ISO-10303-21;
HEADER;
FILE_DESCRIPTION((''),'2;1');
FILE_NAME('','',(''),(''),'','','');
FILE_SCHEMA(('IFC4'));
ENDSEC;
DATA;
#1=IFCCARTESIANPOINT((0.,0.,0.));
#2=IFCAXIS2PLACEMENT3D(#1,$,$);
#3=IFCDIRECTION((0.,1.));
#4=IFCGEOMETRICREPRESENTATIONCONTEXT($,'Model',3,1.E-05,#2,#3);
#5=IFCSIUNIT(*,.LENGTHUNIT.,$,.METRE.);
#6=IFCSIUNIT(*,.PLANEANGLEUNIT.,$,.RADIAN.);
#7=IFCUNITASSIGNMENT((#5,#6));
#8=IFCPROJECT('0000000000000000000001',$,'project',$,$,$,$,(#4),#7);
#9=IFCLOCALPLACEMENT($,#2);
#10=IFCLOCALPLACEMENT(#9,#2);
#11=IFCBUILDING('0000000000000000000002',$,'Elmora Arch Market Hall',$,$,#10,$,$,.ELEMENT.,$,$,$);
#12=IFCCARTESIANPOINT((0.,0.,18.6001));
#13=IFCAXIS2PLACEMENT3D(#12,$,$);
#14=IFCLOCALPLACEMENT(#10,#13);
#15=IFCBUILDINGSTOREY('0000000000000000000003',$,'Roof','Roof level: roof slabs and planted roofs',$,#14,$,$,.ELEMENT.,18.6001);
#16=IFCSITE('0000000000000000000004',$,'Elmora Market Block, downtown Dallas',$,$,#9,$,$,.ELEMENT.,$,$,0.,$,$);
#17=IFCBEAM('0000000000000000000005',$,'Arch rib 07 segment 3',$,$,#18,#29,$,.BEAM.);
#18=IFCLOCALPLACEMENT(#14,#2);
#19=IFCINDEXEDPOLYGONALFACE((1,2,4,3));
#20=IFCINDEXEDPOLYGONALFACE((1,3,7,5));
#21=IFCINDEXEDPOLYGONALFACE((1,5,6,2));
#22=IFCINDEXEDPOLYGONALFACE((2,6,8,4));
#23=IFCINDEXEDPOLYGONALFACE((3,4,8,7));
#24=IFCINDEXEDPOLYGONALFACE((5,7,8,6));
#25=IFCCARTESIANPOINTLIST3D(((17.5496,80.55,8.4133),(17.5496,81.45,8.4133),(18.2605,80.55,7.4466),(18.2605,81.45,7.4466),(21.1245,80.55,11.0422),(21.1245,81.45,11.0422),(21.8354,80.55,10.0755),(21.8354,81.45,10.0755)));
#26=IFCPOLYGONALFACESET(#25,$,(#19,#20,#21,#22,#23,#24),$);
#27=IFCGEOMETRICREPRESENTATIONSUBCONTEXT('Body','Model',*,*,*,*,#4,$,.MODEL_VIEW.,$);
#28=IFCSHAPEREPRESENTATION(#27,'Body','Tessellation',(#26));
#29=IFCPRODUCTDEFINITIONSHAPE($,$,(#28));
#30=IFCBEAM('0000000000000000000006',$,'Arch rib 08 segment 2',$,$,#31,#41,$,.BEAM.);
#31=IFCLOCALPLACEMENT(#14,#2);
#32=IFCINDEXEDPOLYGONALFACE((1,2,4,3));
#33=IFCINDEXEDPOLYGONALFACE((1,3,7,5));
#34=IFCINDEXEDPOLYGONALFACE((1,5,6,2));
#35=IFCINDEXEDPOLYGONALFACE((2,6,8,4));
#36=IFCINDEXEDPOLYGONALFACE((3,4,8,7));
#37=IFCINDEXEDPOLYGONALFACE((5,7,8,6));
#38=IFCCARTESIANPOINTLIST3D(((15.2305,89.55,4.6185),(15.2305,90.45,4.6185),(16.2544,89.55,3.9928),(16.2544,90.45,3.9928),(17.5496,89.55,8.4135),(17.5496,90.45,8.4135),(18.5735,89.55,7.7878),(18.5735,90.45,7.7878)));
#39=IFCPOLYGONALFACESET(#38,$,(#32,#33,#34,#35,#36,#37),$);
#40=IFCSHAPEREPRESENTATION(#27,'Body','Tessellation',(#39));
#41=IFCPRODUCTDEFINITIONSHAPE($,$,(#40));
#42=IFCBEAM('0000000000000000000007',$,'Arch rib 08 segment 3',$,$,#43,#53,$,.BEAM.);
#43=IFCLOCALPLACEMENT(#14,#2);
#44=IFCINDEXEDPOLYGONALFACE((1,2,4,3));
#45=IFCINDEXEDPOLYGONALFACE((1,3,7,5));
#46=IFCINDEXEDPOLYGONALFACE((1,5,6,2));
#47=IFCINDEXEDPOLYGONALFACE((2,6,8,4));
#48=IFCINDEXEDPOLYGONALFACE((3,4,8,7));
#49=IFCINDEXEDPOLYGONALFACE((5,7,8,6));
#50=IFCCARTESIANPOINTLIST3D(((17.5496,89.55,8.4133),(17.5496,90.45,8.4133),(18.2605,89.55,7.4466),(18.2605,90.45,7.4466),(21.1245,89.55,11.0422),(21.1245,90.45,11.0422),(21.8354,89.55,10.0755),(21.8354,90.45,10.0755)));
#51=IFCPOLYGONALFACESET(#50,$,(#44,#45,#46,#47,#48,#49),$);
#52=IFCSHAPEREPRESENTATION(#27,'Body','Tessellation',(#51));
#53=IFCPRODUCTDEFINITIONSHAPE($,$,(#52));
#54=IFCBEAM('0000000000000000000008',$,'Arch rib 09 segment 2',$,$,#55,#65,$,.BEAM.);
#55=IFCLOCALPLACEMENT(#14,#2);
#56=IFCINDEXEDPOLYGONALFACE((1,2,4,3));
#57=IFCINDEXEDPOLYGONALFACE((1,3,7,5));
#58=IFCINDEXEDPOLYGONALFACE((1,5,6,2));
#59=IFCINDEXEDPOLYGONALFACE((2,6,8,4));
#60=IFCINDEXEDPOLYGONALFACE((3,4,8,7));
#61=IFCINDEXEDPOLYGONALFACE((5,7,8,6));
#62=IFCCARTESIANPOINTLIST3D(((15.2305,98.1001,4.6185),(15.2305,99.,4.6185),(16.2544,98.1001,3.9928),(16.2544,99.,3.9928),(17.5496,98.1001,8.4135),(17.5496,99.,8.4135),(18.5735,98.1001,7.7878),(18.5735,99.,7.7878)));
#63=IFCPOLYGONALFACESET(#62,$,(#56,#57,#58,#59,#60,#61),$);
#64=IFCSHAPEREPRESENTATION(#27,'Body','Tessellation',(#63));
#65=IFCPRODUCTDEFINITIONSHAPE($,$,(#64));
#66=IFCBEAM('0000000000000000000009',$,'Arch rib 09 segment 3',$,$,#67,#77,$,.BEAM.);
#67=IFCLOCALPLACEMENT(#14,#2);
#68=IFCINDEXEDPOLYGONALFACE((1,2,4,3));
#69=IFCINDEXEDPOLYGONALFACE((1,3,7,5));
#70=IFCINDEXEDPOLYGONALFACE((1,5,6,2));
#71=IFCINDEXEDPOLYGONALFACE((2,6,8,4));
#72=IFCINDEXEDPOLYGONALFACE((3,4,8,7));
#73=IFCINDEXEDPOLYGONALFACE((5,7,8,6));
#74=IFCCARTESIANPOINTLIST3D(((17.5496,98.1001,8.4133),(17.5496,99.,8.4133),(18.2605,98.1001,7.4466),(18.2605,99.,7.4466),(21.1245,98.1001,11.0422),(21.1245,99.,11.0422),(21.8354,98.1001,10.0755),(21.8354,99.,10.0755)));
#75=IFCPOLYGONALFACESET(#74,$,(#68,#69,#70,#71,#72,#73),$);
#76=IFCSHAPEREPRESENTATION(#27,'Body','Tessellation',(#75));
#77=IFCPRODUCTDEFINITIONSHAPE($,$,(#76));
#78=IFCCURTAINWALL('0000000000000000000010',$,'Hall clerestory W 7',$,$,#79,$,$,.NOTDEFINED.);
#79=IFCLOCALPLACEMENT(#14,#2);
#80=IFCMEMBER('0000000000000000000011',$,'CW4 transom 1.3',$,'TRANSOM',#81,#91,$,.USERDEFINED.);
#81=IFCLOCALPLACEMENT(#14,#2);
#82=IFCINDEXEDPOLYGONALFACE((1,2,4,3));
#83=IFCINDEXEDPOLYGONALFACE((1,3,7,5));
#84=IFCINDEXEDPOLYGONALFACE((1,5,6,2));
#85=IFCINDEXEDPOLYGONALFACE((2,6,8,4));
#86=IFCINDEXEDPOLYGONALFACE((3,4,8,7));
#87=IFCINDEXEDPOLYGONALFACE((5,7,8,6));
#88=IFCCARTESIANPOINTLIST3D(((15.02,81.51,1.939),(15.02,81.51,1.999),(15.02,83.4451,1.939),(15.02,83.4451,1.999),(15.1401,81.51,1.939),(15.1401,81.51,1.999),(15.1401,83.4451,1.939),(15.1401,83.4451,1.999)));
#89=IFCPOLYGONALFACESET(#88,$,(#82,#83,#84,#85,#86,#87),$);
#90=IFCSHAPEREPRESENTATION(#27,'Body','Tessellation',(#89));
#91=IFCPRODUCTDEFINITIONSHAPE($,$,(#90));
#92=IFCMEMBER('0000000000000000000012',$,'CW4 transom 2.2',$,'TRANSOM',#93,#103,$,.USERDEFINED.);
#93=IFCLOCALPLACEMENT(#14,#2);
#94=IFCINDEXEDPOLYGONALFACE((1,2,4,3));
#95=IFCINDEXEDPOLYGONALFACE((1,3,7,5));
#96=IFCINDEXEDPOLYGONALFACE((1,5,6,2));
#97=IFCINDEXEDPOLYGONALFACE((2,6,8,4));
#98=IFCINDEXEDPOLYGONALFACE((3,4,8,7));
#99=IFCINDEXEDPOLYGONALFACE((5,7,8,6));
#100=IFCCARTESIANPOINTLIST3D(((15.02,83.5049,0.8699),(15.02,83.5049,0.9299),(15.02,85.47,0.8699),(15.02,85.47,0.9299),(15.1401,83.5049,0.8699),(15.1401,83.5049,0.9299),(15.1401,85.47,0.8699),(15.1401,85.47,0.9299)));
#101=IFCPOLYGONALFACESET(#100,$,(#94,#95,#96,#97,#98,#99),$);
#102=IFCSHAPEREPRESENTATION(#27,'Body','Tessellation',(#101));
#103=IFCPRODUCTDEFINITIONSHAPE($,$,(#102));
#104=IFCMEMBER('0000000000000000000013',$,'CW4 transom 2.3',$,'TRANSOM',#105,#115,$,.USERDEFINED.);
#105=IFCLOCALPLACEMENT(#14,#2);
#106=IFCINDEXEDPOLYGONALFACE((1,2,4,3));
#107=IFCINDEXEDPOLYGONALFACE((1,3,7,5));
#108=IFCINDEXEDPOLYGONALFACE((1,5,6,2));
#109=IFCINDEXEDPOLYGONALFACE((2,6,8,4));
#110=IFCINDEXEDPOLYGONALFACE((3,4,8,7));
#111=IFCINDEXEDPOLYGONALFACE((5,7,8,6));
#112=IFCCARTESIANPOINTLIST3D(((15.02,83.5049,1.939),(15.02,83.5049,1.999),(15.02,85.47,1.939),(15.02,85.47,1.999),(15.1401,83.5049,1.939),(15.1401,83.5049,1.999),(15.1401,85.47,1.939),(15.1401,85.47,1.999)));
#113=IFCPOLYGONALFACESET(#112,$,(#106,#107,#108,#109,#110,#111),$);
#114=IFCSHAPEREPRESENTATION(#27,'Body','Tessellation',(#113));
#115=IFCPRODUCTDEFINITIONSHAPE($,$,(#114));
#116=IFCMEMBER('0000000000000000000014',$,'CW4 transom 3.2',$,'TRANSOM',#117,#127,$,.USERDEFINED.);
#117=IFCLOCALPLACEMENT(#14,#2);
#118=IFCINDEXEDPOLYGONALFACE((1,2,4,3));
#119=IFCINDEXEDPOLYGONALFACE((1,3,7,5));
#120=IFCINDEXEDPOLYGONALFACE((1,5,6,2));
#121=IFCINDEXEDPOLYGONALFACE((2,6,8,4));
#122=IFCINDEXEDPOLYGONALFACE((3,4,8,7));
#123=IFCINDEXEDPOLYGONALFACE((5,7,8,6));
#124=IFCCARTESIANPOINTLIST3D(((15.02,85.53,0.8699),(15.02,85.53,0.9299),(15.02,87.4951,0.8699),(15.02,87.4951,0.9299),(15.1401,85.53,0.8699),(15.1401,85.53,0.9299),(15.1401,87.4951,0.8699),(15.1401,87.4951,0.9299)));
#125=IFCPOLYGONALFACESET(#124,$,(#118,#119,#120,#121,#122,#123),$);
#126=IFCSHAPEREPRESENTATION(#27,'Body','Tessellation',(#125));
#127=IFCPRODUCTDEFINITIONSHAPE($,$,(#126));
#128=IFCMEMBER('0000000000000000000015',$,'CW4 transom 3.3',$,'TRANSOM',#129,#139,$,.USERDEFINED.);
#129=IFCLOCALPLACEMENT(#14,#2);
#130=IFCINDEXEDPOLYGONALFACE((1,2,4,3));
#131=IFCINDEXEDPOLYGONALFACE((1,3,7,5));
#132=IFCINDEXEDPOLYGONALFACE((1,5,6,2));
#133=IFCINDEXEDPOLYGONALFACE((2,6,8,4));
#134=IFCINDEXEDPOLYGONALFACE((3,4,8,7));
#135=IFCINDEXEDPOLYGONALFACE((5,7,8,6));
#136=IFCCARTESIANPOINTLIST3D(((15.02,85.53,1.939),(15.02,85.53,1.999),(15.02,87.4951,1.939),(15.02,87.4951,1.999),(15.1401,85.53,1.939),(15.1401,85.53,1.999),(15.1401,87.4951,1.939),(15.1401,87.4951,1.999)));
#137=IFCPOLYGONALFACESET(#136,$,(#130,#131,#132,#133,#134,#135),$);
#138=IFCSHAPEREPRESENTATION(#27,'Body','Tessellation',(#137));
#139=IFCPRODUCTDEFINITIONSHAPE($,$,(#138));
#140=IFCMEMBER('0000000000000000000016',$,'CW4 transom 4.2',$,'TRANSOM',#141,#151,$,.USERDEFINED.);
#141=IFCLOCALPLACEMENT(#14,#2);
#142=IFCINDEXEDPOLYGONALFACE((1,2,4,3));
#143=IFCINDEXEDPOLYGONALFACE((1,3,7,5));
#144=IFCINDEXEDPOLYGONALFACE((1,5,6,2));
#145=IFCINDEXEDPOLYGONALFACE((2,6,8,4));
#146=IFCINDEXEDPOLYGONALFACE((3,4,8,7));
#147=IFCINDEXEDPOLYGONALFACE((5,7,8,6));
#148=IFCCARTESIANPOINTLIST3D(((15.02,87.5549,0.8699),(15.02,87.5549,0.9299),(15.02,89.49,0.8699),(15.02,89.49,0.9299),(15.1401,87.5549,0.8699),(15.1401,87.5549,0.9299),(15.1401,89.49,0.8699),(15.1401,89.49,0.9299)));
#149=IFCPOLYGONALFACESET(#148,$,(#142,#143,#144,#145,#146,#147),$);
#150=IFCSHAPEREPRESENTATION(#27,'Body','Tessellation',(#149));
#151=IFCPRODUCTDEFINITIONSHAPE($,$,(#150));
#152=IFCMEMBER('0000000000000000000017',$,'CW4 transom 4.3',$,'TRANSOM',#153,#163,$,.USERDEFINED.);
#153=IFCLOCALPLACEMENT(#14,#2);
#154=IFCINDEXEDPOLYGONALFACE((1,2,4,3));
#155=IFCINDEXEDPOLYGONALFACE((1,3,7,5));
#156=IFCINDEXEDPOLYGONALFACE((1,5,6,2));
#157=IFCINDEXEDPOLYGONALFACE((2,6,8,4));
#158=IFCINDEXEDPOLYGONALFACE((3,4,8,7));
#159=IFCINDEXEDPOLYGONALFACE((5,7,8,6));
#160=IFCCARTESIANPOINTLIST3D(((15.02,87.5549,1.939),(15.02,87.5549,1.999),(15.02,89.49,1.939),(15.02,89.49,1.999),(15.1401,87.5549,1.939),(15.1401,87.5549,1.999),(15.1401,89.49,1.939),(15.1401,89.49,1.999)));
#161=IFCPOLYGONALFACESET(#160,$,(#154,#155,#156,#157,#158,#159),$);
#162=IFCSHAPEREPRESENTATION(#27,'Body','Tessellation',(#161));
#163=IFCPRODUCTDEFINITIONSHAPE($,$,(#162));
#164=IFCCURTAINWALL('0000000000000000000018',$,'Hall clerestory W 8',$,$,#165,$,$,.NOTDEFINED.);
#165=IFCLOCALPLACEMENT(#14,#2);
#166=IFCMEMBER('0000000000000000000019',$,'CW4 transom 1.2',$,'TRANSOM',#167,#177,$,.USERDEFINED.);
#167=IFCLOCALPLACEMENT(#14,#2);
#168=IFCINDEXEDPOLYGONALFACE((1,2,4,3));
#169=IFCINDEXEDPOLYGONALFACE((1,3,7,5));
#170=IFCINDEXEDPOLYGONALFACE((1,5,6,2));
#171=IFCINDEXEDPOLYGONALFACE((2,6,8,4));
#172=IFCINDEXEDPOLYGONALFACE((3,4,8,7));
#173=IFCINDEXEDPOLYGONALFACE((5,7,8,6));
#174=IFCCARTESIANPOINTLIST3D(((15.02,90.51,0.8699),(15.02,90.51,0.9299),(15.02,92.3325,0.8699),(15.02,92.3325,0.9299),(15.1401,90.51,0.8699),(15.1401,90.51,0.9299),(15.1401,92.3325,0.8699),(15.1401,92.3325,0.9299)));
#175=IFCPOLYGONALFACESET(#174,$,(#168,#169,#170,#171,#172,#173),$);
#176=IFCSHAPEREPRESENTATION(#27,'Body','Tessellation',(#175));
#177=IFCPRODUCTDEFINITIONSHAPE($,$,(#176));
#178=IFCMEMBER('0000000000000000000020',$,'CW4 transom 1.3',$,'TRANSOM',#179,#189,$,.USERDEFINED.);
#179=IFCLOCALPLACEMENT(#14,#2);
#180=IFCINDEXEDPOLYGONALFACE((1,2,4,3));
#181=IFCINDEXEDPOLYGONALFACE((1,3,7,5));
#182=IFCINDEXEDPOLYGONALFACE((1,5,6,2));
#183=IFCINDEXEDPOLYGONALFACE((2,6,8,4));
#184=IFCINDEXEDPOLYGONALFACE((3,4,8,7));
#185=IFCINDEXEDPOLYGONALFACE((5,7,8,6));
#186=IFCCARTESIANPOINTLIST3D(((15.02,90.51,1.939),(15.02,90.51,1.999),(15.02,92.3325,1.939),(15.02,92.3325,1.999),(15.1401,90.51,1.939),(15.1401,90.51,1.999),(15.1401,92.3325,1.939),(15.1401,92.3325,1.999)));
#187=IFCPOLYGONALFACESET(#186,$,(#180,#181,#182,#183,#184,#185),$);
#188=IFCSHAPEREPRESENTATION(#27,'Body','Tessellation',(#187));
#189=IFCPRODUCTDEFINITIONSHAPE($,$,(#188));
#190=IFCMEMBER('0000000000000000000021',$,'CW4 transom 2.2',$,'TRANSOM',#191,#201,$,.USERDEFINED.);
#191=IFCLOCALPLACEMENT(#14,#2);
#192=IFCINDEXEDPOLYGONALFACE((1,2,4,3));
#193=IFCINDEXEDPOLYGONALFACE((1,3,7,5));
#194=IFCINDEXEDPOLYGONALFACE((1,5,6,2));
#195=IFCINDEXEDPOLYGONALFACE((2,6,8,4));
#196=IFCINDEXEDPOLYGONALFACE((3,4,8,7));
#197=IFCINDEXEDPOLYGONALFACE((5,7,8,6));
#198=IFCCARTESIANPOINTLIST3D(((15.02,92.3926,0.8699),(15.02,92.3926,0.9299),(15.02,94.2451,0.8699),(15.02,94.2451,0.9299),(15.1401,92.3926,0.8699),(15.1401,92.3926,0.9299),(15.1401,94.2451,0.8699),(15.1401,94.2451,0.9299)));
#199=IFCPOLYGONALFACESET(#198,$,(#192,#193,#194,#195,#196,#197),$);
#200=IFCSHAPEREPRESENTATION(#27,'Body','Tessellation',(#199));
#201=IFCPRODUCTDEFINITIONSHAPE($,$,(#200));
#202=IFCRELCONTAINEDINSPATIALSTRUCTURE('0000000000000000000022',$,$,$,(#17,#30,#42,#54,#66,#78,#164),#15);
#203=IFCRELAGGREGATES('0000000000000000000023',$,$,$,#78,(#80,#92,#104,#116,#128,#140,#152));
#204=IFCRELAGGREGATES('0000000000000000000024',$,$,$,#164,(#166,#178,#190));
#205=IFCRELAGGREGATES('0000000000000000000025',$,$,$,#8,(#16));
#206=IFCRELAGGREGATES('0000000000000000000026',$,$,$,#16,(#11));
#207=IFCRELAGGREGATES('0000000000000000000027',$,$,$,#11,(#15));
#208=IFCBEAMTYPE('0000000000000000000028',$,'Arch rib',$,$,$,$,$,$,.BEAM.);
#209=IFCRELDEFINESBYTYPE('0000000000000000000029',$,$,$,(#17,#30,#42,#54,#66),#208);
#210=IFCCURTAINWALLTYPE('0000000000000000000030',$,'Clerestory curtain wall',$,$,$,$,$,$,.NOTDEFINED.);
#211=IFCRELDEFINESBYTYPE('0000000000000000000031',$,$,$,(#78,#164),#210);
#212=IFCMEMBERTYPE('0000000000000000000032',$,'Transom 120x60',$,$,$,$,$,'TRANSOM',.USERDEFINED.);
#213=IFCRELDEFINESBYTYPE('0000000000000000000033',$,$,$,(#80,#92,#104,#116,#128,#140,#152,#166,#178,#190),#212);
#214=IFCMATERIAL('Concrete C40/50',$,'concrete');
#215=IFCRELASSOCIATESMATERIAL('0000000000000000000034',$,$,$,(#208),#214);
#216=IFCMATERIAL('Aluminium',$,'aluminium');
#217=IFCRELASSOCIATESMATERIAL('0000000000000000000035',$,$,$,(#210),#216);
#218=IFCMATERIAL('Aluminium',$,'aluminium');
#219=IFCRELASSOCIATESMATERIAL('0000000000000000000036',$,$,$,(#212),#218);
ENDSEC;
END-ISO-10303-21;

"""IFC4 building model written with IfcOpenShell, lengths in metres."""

from ifc_helpers import new_model, si_unit, direction, frame, origin, origin_2d, place, context, subcontext, project, spatial, rectangle, extrude, material, material_profile, profile_set, type_object, element, aggregate, save


model = new_model("IFC4")

# Units and contexts
model_context = context("Model", 3, precision=1e-05, world=origin(), true_north=direction((0.0, 1.0)))
body_context = subcontext(model_context, "Body", "Model", "MODEL_VIEW")
ifc_project = project(units=[si_unit("LENGTHUNIT", "METRE"), si_unit("PLANEANGLEUNIT", "RADIAN")], contexts=[model_context])

# Site, building, storey
site_placement = place(None, origin())
site = spatial("IfcSite", under=ifc_project, at=site_placement, Name="Elmora Market Block, downtown Dallas", CompositionType="ELEMENT", RefElevation=0.0)
building_placement = place(site_placement, origin())
building = spatial("IfcBuilding", under=site, at=building_placement, Name="Elmora Arch Market Hall", CompositionType="ELEMENT")
storey_placement = place(building_placement, frame((0.0, 0.0, 18.6001)))
storey = spatial("IfcBuildingStorey", under=building, at=storey_placement, Name="Roof", Description="Roof level: roof slabs and planted roofs", CompositionType="ELEMENT", Elevation=18.6001)

# Beams
ifc_material_1 = material(Name="Concrete C40/50", Category="concrete")
ifc_material_profile_1 = material_profile(ifc_material_1, rectangle(XDim=0.8999, YDim=1.2, at=origin_2d()), Name="Arch rib")
ifc_profile_set_1 = profile_set([ifc_material_profile_1], Name="Concrete C40/50")
beam_type = type_object("IfcBeamType", Name="Arch rib", PredefinedType="BEAM", material=ifc_profile_set_1)
beam_1_placement = place(storey_placement, frame((17.905, 81.0, 7.9299), z_axis=(0.805622, 0.0, 0.592429), x_axis=(0.0, 1.0, 0.0)))
element("IfcBeam", 1, at=beam_1_placement, inside=storey, type_object=beam_type, Name="Arch rib 07 segment 3", PredefinedType="BEAM", context=body_context, shape_type="SweptSolid", body=[
    extrude(rectangle(XDim=0.8999, YDim=1.2, at=origin_2d()), origin(), (0.0, 0.0, 1.0), 4.4375),
])
beam_2_placement = place(storey_placement, frame((15.7424, 90.0, 4.3057), z_axis=(0.521446, 0.0, 0.853285), x_axis=(0.0, 1.0, 0.0)))
element("IfcBeam", 2, at=beam_2_placement, inside=storey, type_object=beam_type, Name="Arch rib 08 segment 2", PredefinedType="BEAM", context=body_context, shape_type="SweptSolid", body=[
    extrude(rectangle(XDim=0.8999, YDim=1.2, at=origin_2d()), origin(), (0.0, 0.0, 1.0), 4.4475),
])
beam_3_placement = place(storey_placement, frame((17.905, 90.0, 7.9299), z_axis=(0.805622, 0.0, 0.592429), x_axis=(0.0, 1.0, 0.0)))
element("IfcBeam", 3, at=beam_3_placement, inside=storey, type_object=beam_type, Name="Arch rib 08 segment 3", PredefinedType="BEAM", context=body_context, shape_type="SweptSolid", body=[
    extrude(rectangle(XDim=0.8999, YDim=1.2, at=origin_2d()), origin(), (0.0, 0.0, 1.0), 4.4375),
])
beam_4_placement = place(storey_placement, frame((15.7424, 98.55, 4.3057), z_axis=(0.521446, 0.0, 0.853285), x_axis=(0.0, 1.0, 0.0)))
element("IfcBeam", 4, at=beam_4_placement, inside=storey, type_object=beam_type, Name="Arch rib 09 segment 2", PredefinedType="BEAM", context=body_context, shape_type="SweptSolid", body=[
    extrude(rectangle(XDim=0.8999, YDim=1.2, at=origin_2d()), origin(), (0.0, 0.0, 1.0), 4.4475),
])
beam_5_placement = place(storey_placement, frame((17.905, 98.55, 7.9299), z_axis=(0.805622, 0.0, 0.592429), x_axis=(0.0, 1.0, 0.0)))
element("IfcBeam", 5, at=beam_5_placement, inside=storey, type_object=beam_type, Name="Arch rib 09 segment 3", PredefinedType="BEAM", context=body_context, shape_type="SweptSolid", body=[
    extrude(rectangle(XDim=0.8999, YDim=1.2, at=origin_2d()), origin(), (0.0, 0.0, 1.0), 4.4375),
])

# Curtain walls, members
ifc_material_2 = material(Name="Aluminium", Category="aluminium")
curtain_wall_type = type_object("IfcCurtainWallType", Name="Clerestory curtain wall", PredefinedType="NOTDEFINED", material=ifc_material_2)
curtain_wall_1_placement = place(storey_placement, origin())
curtain_wall_1 = element("IfcCurtainWall", 6, at=curtain_wall_1_placement, inside=storey, type_object=curtain_wall_type, Name="Hall clerestory W 7", PredefinedType="NOTDEFINED")
ifc_material_3 = material(Name="Aluminium", Category="aluminium")
ifc_material_profile_2 = material_profile(ifc_material_3, rectangle(XDim=0.1201, YDim=0.0601, at=origin_2d()), Name="AL 120x60")
ifc_profile_set_2 = profile_set([ifc_material_profile_2], Name="Aluminium")
member_type = type_object("IfcMemberType", Name="Transom 120x60", ElementType="TRANSOM", PredefinedType="USERDEFINED", material=ifc_profile_set_2)
member_1_placement = place(storey_placement, frame((15.0801, 81.51, 1.969), z_axis=(0.0, 1.0, 0.0), x_axis=(-1.0, 0.0, 0.0)))
member_1 = element("IfcMember", 7, at=member_1_placement, type_object=member_type, Name="CW4 transom 1.3", ObjectType="TRANSOM", PredefinedType="USERDEFINED", context=body_context, shape_type="SweptSolid", body=[
    extrude(rectangle(XDim=0.1201, YDim=0.0601, at=origin_2d()), origin(), (0.0, 0.0, 1.0), 1.9351),
])
member_2_placement = place(storey_placement, frame((15.0801, 83.5049, 0.8999), z_axis=(0.0, 1.0, 0.0), x_axis=(-1.0, 0.0, 0.0)))
member_2 = element("IfcMember", 8, at=member_2_placement, type_object=member_type, Name="CW4 transom 2.2", ObjectType="TRANSOM", PredefinedType="USERDEFINED", context=body_context, shape_type="SweptSolid", body=[
    extrude(rectangle(XDim=0.1201, YDim=0.0601, at=origin_2d()), origin(), (0.0, 0.0, 1.0), 1.9651),
])
member_3_placement = place(storey_placement, frame((15.0801, 83.5049, 1.969), z_axis=(0.0, 1.0, 0.0), x_axis=(-1.0, 0.0, 0.0)))
member_3 = element("IfcMember", 9, at=member_3_placement, type_object=member_type, Name="CW4 transom 2.3", ObjectType="TRANSOM", PredefinedType="USERDEFINED", context=body_context, shape_type="SweptSolid", body=[
    extrude(rectangle(XDim=0.1201, YDim=0.0601, at=origin_2d()), origin(), (0.0, 0.0, 1.0), 1.9651),
])
member_4_placement = place(storey_placement, frame((15.0801, 85.53, 0.8999), z_axis=(0.0, 1.0, 0.0), x_axis=(-1.0, 0.0, 0.0)))
member_4 = element("IfcMember", 10, at=member_4_placement, type_object=member_type, Name="CW4 transom 3.2", ObjectType="TRANSOM", PredefinedType="USERDEFINED", context=body_context, shape_type="SweptSolid", body=[
    extrude(rectangle(XDim=0.1201, YDim=0.0601, at=origin_2d()), origin(), (0.0, 0.0, 1.0), 1.9651),
])
member_5_placement = place(storey_placement, frame((15.0801, 85.53, 1.969), z_axis=(0.0, 1.0, 0.0), x_axis=(-1.0, 0.0, 0.0)))
member_5 = element("IfcMember", 11, at=member_5_placement, type_object=member_type, Name="CW4 transom 3.3", ObjectType="TRANSOM", PredefinedType="USERDEFINED", context=body_context, shape_type="SweptSolid", body=[
    extrude(rectangle(XDim=0.1201, YDim=0.0601, at=origin_2d()), origin(), (0.0, 0.0, 1.0), 1.9651),
])
member_6_placement = place(storey_placement, frame((15.0801, 87.5549, 0.8999), z_axis=(0.0, 1.0, 0.0), x_axis=(-1.0, 0.0, 0.0)))
member_6 = element("IfcMember", 12, at=member_6_placement, type_object=member_type, Name="CW4 transom 4.2", ObjectType="TRANSOM", PredefinedType="USERDEFINED", context=body_context, shape_type="SweptSolid", body=[
    extrude(rectangle(XDim=0.1201, YDim=0.0601, at=origin_2d()), origin(), (0.0, 0.0, 1.0), 1.9351),
])
member_7_placement = place(storey_placement, frame((15.0801, 87.5549, 1.969), z_axis=(0.0, 1.0, 0.0), x_axis=(-1.0, 0.0, 0.0)))
member_7 = element("IfcMember", 13, at=member_7_placement, type_object=member_type, Name="CW4 transom 4.3", ObjectType="TRANSOM", PredefinedType="USERDEFINED", context=body_context, shape_type="SweptSolid", body=[
    extrude(rectangle(XDim=0.1201, YDim=0.0601, at=origin_2d()), origin(), (0.0, 0.0, 1.0), 1.9351),
])
curtain_wall_2_placement = place(storey_placement, origin())
curtain_wall_2 = element("IfcCurtainWall", 14, at=curtain_wall_2_placement, inside=storey, type_object=curtain_wall_type, Name="Hall clerestory W 8", PredefinedType="NOTDEFINED")
member_8_placement = place(storey_placement, frame((15.0801, 90.51, 0.8999), z_axis=(0.0, 1.0, 0.0), x_axis=(-1.0, 0.0, 0.0)))
member_8 = element("IfcMember", 15, at=member_8_placement, type_object=member_type, Name="CW4 transom 1.2", ObjectType="TRANSOM", PredefinedType="USERDEFINED", context=body_context, shape_type="SweptSolid", body=[
    extrude(rectangle(XDim=0.1201, YDim=0.0601, at=origin_2d()), origin(), (0.0, 0.0, 1.0), 1.8225),
])
member_9_placement = place(storey_placement, frame((15.0801, 90.51, 1.969), z_axis=(0.0, 1.0, 0.0), x_axis=(-1.0, 0.0, 0.0)))
member_9 = element("IfcMember", 16, at=member_9_placement, type_object=member_type, Name="CW4 transom 1.3", ObjectType="TRANSOM", PredefinedType="USERDEFINED", context=body_context, shape_type="SweptSolid", body=[
    extrude(rectangle(XDim=0.1201, YDim=0.0601, at=origin_2d()), origin(), (0.0, 0.0, 1.0), 1.8225),
])
member_10_placement = place(storey_placement, frame((15.0801, 92.3926, 0.8999), z_axis=(0.0, 1.0, 0.0), x_axis=(-1.0, 0.0, 0.0)))
member_10 = element("IfcMember", 17, at=member_10_placement, type_object=member_type, Name="CW4 transom 2.2", ObjectType="TRANSOM", PredefinedType="USERDEFINED", context=body_context, shape_type="SweptSolid", body=[
    extrude(rectangle(XDim=0.1201, YDim=0.0601, at=origin_2d()), origin(), (0.0, 0.0, 1.0), 1.8525),
])

aggregate(curtain_wall_1, [member_1, member_2, member_3, member_4, member_5, member_6, member_7])
aggregate(curtain_wall_2, [member_8, member_9, member_10])

save(model, "model.ifc")
